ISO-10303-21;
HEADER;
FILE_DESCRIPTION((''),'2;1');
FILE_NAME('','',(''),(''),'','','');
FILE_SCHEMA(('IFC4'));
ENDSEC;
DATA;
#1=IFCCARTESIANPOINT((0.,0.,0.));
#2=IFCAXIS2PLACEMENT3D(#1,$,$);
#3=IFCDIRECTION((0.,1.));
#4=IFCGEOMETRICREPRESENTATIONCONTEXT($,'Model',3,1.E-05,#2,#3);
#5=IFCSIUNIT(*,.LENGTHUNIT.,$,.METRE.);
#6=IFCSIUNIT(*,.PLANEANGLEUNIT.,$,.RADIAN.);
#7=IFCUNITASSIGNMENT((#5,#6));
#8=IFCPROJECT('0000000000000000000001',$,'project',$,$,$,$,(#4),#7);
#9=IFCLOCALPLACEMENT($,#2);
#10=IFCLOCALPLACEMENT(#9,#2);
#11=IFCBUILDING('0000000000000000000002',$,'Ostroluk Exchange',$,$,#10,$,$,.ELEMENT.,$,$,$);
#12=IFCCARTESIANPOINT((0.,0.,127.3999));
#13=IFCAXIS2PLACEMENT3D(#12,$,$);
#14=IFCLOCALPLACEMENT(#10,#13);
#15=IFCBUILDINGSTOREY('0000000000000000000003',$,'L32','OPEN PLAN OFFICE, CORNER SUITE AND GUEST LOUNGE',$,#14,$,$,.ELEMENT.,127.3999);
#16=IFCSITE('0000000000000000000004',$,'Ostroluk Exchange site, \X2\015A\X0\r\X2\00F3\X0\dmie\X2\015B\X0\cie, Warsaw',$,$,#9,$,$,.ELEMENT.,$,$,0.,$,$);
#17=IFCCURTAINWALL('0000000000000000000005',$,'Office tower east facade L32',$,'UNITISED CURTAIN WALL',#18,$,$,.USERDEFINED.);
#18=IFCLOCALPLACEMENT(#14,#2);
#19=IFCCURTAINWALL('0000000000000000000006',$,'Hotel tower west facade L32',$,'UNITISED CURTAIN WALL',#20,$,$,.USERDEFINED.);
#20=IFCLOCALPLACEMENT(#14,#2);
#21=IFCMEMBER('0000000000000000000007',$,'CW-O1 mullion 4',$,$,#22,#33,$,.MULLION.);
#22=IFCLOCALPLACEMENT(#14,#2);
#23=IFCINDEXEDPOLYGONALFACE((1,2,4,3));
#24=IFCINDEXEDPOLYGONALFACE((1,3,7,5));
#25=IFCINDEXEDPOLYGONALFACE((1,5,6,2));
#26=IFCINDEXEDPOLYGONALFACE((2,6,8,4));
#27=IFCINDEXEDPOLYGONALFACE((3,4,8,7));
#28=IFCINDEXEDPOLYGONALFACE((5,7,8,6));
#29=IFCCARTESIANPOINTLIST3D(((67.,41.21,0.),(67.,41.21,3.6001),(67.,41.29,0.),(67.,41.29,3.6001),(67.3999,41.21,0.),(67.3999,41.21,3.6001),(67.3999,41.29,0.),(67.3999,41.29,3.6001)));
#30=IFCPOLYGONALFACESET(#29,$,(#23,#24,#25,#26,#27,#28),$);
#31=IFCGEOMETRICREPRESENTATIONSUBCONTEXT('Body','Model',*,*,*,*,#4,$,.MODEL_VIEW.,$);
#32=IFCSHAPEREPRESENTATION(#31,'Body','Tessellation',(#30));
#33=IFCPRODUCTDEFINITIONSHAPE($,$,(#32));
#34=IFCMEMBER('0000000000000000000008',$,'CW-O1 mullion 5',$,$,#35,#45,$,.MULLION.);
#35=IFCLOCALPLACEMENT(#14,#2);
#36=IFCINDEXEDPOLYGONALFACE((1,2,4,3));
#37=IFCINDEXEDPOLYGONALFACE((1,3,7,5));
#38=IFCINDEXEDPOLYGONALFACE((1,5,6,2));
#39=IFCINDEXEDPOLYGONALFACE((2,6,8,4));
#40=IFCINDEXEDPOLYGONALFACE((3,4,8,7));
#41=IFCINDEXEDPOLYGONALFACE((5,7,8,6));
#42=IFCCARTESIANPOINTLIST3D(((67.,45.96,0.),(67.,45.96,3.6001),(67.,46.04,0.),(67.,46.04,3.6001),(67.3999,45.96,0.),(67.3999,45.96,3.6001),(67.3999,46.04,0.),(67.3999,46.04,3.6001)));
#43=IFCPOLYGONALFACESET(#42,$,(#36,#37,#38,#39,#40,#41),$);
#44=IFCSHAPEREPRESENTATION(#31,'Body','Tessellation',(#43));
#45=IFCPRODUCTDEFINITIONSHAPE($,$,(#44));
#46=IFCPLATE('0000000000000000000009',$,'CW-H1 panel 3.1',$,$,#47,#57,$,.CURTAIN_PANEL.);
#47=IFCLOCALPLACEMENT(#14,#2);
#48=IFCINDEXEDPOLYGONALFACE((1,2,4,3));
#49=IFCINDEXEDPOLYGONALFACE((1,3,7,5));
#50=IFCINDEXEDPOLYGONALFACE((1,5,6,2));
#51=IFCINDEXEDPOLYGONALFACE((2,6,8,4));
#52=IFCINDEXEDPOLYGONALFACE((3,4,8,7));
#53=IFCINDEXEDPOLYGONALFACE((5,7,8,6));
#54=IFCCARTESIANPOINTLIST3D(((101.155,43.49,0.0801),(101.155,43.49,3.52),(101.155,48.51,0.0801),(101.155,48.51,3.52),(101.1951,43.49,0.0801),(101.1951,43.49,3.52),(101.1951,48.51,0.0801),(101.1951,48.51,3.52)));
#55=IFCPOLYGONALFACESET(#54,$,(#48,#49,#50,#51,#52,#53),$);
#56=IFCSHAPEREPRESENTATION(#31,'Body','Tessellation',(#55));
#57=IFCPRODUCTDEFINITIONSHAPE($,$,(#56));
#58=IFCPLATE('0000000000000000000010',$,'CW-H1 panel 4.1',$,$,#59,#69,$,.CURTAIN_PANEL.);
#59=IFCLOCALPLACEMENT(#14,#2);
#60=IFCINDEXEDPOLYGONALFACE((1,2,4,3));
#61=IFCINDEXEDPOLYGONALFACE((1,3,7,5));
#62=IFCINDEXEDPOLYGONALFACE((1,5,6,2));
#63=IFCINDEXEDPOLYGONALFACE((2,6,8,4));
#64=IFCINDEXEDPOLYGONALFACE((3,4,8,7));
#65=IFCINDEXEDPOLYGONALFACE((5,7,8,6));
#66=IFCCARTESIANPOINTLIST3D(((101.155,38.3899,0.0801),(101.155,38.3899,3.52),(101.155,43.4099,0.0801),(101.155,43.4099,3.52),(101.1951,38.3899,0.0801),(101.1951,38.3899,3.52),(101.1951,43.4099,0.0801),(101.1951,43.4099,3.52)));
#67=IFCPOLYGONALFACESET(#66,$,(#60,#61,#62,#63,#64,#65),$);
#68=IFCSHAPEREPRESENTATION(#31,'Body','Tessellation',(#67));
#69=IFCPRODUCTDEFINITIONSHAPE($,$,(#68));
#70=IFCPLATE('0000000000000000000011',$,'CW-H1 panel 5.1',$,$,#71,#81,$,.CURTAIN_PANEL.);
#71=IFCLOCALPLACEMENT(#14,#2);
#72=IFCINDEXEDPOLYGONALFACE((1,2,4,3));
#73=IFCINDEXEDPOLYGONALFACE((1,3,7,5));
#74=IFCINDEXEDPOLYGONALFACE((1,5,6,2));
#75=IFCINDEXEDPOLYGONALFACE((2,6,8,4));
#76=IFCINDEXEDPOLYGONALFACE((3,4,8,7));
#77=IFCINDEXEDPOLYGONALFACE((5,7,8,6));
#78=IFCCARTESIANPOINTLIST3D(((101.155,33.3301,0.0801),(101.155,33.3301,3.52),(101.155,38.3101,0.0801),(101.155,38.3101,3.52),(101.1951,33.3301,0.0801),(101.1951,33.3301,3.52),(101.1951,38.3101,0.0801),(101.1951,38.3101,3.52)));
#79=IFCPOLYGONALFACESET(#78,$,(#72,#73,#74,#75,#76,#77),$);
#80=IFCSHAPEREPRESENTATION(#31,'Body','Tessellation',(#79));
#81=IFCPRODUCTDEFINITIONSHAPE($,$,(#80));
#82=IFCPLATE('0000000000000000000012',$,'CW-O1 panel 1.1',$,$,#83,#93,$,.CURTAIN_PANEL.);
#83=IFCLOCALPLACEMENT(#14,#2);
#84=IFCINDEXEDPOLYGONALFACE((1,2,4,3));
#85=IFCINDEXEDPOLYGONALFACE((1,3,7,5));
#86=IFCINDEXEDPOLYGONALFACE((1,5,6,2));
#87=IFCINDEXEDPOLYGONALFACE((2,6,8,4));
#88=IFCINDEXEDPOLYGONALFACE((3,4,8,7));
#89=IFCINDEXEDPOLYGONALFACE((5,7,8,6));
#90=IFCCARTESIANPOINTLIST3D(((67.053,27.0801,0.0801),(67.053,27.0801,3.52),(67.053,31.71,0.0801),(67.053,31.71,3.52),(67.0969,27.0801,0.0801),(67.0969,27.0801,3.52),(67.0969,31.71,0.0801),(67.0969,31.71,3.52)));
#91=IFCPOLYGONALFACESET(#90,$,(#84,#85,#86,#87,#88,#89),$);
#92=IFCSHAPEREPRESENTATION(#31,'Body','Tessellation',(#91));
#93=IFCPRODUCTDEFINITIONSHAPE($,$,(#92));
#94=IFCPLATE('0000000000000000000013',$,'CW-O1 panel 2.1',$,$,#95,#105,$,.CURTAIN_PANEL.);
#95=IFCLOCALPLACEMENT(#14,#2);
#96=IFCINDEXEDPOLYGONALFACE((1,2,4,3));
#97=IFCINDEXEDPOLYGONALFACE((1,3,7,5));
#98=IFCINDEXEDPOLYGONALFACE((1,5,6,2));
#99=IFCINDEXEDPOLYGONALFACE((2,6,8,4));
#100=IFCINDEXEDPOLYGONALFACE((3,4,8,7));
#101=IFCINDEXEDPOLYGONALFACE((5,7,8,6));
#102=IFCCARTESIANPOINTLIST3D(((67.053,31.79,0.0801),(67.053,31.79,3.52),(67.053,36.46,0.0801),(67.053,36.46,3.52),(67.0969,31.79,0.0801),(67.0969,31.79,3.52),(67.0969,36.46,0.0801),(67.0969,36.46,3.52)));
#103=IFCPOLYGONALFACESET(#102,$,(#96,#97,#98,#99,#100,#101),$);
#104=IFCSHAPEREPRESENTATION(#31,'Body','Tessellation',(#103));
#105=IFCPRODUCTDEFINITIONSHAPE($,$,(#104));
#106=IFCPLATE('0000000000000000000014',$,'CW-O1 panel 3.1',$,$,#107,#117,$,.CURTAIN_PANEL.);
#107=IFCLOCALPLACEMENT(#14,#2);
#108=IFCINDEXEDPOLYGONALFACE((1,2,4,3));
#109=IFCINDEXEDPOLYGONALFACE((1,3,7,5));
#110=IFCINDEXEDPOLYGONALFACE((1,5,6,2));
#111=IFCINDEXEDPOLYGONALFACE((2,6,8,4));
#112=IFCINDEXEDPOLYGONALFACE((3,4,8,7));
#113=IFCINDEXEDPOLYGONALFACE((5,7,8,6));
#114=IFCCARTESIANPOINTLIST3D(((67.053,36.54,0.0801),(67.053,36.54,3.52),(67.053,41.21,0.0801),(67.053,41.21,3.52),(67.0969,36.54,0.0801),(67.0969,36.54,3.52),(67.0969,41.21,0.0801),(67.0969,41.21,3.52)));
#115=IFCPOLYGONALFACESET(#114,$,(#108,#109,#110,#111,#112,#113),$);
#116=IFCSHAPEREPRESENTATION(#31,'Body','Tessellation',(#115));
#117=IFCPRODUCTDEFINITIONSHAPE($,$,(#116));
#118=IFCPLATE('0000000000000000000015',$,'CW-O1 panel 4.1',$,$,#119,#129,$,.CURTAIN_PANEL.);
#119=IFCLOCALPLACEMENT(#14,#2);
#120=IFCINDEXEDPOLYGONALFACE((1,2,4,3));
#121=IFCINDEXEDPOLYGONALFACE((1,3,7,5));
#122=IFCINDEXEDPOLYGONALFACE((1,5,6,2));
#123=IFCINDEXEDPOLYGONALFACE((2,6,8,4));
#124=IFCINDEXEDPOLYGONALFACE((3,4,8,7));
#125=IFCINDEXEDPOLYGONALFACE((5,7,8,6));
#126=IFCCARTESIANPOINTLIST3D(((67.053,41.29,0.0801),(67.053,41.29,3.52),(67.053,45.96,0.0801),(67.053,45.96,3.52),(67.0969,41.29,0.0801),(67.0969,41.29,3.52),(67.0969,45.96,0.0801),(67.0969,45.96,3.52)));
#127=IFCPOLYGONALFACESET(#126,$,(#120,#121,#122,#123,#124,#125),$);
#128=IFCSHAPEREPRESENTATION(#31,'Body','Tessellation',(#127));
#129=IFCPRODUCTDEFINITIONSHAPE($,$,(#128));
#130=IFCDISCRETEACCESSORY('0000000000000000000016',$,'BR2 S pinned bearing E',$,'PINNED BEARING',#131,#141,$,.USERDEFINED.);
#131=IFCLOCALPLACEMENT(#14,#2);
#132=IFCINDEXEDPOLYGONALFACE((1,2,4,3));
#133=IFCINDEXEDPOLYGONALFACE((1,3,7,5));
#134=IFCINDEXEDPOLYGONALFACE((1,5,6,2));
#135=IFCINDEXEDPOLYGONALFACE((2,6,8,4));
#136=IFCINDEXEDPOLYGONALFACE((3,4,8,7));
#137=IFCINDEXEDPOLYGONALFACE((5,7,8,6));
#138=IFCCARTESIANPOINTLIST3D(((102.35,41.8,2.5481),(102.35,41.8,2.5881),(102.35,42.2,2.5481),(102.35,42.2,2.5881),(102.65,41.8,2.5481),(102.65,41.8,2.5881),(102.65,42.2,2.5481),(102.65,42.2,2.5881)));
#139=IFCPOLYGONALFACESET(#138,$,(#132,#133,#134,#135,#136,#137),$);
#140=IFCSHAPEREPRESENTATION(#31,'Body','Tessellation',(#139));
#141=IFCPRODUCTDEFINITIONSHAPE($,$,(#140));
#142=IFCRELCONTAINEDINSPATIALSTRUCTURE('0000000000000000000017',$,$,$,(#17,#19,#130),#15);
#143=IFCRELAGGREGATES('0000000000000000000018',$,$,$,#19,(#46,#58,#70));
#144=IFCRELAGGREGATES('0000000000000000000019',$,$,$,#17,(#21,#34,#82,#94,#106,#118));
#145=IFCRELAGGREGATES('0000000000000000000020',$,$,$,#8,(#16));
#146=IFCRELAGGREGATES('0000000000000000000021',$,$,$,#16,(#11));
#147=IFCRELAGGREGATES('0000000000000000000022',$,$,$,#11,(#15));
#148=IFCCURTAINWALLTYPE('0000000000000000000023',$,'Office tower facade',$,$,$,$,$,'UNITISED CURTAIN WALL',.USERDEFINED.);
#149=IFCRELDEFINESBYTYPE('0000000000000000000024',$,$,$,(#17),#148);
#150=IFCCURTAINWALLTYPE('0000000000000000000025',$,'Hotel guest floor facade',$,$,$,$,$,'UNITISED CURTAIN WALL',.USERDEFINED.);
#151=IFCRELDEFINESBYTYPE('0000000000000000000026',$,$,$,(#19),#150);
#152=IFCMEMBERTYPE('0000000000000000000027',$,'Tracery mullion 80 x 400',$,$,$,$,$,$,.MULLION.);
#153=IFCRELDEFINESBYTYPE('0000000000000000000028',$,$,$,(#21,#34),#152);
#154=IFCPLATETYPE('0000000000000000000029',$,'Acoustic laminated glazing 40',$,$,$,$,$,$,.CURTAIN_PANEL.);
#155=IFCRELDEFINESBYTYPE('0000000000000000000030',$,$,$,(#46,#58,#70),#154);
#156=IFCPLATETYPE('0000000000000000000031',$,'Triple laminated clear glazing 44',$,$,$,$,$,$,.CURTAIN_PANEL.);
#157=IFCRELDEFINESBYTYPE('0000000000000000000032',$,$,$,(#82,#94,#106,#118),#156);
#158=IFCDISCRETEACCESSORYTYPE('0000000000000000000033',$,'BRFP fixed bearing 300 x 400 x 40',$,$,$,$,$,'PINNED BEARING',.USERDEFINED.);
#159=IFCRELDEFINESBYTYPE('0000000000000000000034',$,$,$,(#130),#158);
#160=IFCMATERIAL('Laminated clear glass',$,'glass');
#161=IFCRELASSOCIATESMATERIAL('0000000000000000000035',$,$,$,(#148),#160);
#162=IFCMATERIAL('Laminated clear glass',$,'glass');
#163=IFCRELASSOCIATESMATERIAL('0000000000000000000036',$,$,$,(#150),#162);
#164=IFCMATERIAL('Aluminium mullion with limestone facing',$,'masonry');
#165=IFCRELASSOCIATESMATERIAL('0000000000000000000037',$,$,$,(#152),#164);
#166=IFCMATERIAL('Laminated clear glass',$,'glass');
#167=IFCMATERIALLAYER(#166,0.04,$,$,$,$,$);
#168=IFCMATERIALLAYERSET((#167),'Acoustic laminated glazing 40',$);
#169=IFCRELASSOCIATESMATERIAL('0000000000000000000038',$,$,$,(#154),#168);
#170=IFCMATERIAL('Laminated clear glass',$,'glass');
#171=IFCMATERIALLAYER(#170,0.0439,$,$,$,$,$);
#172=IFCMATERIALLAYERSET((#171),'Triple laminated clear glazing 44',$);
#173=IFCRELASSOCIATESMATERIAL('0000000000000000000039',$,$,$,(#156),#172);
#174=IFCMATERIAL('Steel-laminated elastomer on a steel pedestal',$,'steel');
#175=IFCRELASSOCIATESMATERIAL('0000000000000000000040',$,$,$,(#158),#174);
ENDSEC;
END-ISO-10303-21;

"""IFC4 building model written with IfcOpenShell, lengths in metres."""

from ifc_helpers import new_model, si_unit, direction, frame, origin, origin_2d, place, context, subcontext, project, spatial, rectangle, extrude, material, layer, layer_set, material_profile, profile_set, type_object, element, aggregate, save


model = new_model("IFC4")

# Units and contexts
model_context = context("Model", 3, precision=1e-05, world=origin(), true_north=direction((0.0, 1.0)))
body_context = subcontext(model_context, "Body", "Model", "MODEL_VIEW")
ifc_project = project(units=[si_unit("LENGTHUNIT", "METRE"), si_unit("PLANEANGLEUNIT", "RADIAN")], contexts=[model_context])

# Site, building, storey
site_placement = place(None, origin())
site = spatial("IfcSite", under=ifc_project, at=site_placement, Name="Ostroluk Exchange site, Śródmieście, Warsaw", CompositionType="ELEMENT", RefElevation=0.0)
building_placement = place(site_placement, origin())
building = spatial("IfcBuilding", under=site, at=building_placement, Name="Ostroluk Exchange", CompositionType="ELEMENT")
storey_placement = place(building_placement, frame((0.0, 0.0, 127.3999)))
storey = spatial("IfcBuildingStorey", under=building, at=storey_placement, Name="L32", Description="OPEN PLAN OFFICE, CORNER SUITE AND GUEST LOUNGE", CompositionType="ELEMENT", Elevation=127.3999)

# Curtain walls
ifc_material_1 = material(Name="Laminated clear glass", Category="glass")
curtain_wall_type_1 = type_object("IfcCurtainWallType", Name="Office tower facade", ElementType="UNITISED CURTAIN WALL", PredefinedType="USERDEFINED", material=ifc_material_1)
curtain_wall_1_placement = place(storey_placement, origin())
curtain_wall_1 = element("IfcCurtainWall", 1, at=curtain_wall_1_placement, inside=storey, type_object=curtain_wall_type_1, Name="Office tower east facade L32", ObjectType="UNITISED CURTAIN WALL", PredefinedType="USERDEFINED")
ifc_material_2 = material(Name="Laminated clear glass", Category="glass")
curtain_wall_type_2 = type_object("IfcCurtainWallType", Name="Hotel guest floor facade", ElementType="UNITISED CURTAIN WALL", PredefinedType="USERDEFINED", material=ifc_material_2)
curtain_wall_2_placement = place(storey_placement, origin())
curtain_wall_2 = element("IfcCurtainWall", 2, at=curtain_wall_2_placement, inside=storey, type_object=curtain_wall_type_2, Name="Hotel tower west facade L32", ObjectType="UNITISED CURTAIN WALL", PredefinedType="USERDEFINED")

# Members
ifc_material_3 = material(Name="Aluminium mullion with limestone facing", Category="masonry")
ifc_material_profile_1 = material_profile(ifc_material_3, rectangle(XDim=0.3999, YDim=0.0801, at=origin_2d()), Name="Tracery mullion 80 x 400")
ifc_profile_set_1 = profile_set([ifc_material_profile_1], Name="Aluminium mullion with limestone facing")
member_type_1 = type_object("IfcMemberType", Name="Tracery mullion 80 x 400", PredefinedType="MULLION", material=ifc_profile_set_1)
member_1_placement = place(storey_placement, frame((67.2, 41.25, 0.0), z_axis=(0.0, 0.0, 1.0), x_axis=(-1.0, 0.0, 0.0)))
member_1 = element("IfcMember", 3, at=member_1_placement, type_object=member_type_1, Name="CW-O1 mullion 4", PredefinedType="MULLION", context=body_context, shape_type="SweptSolid", body=[
    extrude(rectangle(XDim=0.3999, YDim=0.0801, at=origin_2d()), origin(), (0.0, 0.0, 1.0), 3.6001),
])
member_2_placement = place(storey_placement, frame((67.2, 46.0, 0.0), z_axis=(0.0, 0.0, 1.0), x_axis=(-1.0, 0.0, 0.0)))
member_2 = element("IfcMember", 4, at=member_2_placement, type_object=member_type_1, Name="CW-O1 mullion 5", PredefinedType="MULLION", context=body_context, shape_type="SweptSolid", body=[
    extrude(rectangle(XDim=0.3999, YDim=0.0801, at=origin_2d()), origin(), (0.0, 0.0, 1.0), 3.6001),
])

# Plates
ifc_material_4 = material(Name="Laminated clear glass", Category="glass")
ifc_layer_1 = layer(ifc_material_4, 0.04)
ifc_layer_set_1 = layer_set([ifc_layer_1], Name="Acoustic laminated glazing 40")
plate_type_1 = type_object("IfcPlateType", Name="Acoustic laminated glazing 40", PredefinedType="CURTAIN_PANEL", material=ifc_layer_set_1)
plate_1_placement = place(storey_placement, frame((101.175, 46.0, 0.0801), z_axis=(0.0, 0.0, 1.0), x_axis=(0.0, -1.0, 0.0)))
plate_1 = element("IfcPlate", 5, at=plate_1_placement, type_object=plate_type_1, Name="CW-H1 panel 3.1", PredefinedType="CURTAIN_PANEL", context=body_context, shape_type="SweptSolid", body=[
    extrude(rectangle(XDim=5.02, YDim=0.04, at=origin_2d()), origin(), (0.0, 0.0, 1.0), 3.4399),
])
plate_2_placement = place(storey_placement, frame((101.175, 40.8999, 0.0801), z_axis=(0.0, 0.0, 1.0), x_axis=(0.0, -1.0, 0.0)))
plate_2 = element("IfcPlate", 6, at=plate_2_placement, type_object=plate_type_1, Name="CW-H1 panel 4.1", PredefinedType="CURTAIN_PANEL", context=body_context, shape_type="SweptSolid", body=[
    extrude(rectangle(XDim=5.02, YDim=0.04, at=origin_2d()), origin(), (0.0, 0.0, 1.0), 3.4399),
])
plate_3_placement = place(storey_placement, frame((101.175, 35.8201, 0.0801), z_axis=(0.0, 0.0, 1.0), x_axis=(0.0, -1.0, 0.0)))
plate_3 = element("IfcPlate", 7, at=plate_3_placement, type_object=plate_type_1, Name="CW-H1 panel 5.1", PredefinedType="CURTAIN_PANEL", context=body_context, shape_type="SweptSolid", body=[
    extrude(rectangle(XDim=4.98, YDim=0.04, at=origin_2d()), origin(), (0.0, 0.0, 1.0), 3.4399),
])
aggregate(curtain_wall_2, [plate_1, plate_2, plate_3])
ifc_material_5 = material(Name="Laminated clear glass", Category="glass")
ifc_layer_2 = layer(ifc_material_5, 0.0439)
ifc_layer_set_2 = layer_set([ifc_layer_2], Name="Triple laminated clear glazing 44")
plate_type_2 = type_object("IfcPlateType", Name="Triple laminated clear glazing 44", PredefinedType="CURTAIN_PANEL", material=ifc_layer_set_2)
plate_4_placement = place(storey_placement, frame((67.075, 29.395, 0.0801), z_axis=(0.0, 0.0, 1.0), x_axis=(0.0, 1.0, 0.0)))
plate_4 = element("IfcPlate", 8, at=plate_4_placement, type_object=plate_type_2, Name="CW-O1 panel 1.1", PredefinedType="CURTAIN_PANEL", context=body_context, shape_type="SweptSolid", body=[
    extrude(rectangle(XDim=4.6299, YDim=0.0439, at=origin_2d()), origin(), (0.0, 0.0, 1.0), 3.4399),
])
plate_5_placement = place(storey_placement, frame((67.075, 34.125, 0.0801), z_axis=(0.0, 0.0, 1.0), x_axis=(0.0, 1.0, 0.0)))
plate_5 = element("IfcPlate", 9, at=plate_5_placement, type_object=plate_type_2, Name="CW-O1 panel 2.1", PredefinedType="CURTAIN_PANEL", context=body_context, shape_type="SweptSolid", body=[
    extrude(rectangle(XDim=4.6699, YDim=0.0439, at=origin_2d()), origin(), (0.0, 0.0, 1.0), 3.4399),
])
plate_6_placement = place(storey_placement, frame((67.075, 38.875, 0.0801), z_axis=(0.0, 0.0, 1.0), x_axis=(0.0, 1.0, 0.0)))
plate_6 = element("IfcPlate", 10, at=plate_6_placement, type_object=plate_type_2, Name="CW-O1 panel 3.1", PredefinedType="CURTAIN_PANEL", context=body_context, shape_type="SweptSolid", body=[
    extrude(rectangle(XDim=4.6699, YDim=0.0439, at=origin_2d()), origin(), (0.0, 0.0, 1.0), 3.4399),
])
plate_7_placement = place(storey_placement, frame((67.075, 43.625, 0.0801), z_axis=(0.0, 0.0, 1.0), x_axis=(0.0, 1.0, 0.0)))
plate_7 = element("IfcPlate", 11, at=plate_7_placement, type_object=plate_type_2, Name="CW-O1 panel 4.1", PredefinedType="CURTAIN_PANEL", context=body_context, shape_type="SweptSolid", body=[
    extrude(rectangle(XDim=4.6699, YDim=0.0439, at=origin_2d()), origin(), (0.0, 0.0, 1.0), 3.4399),
])
aggregate(curtain_wall_1, [member_1, member_2, plate_4, plate_5, plate_6, plate_7])

# Discrete accessory
ifc_material_6 = material(Name="Steel-laminated elastomer on a steel pedestal", Category="steel")
discrete_accessory_type = type_object("IfcDiscreteAccessoryType", Name="BRFP fixed bearing 300 x 400 x 40", ElementType="PINNED BEARING", PredefinedType="USERDEFINED", material=ifc_material_6)
discrete_accessory_placement = place(storey_placement, frame((102.5, 42.0, 2.5481), z_axis=(0.0, 0.0, 1.0), x_axis=(1.0, 0.0, 0.0)))
element("IfcDiscreteAccessory", 12, at=discrete_accessory_placement, inside=storey, type_object=discrete_accessory_type, Name="BR2 S pinned bearing E", ObjectType="PINNED BEARING", PredefinedType="USERDEFINED", context=body_context, shape_type="SweptSolid", body=[
    extrude(rectangle(XDim=0.3, YDim=0.3999, at=origin_2d()), origin(), (0.0, 0.0, 1.0), 0.04),
])

save(model, "model.ifc")
